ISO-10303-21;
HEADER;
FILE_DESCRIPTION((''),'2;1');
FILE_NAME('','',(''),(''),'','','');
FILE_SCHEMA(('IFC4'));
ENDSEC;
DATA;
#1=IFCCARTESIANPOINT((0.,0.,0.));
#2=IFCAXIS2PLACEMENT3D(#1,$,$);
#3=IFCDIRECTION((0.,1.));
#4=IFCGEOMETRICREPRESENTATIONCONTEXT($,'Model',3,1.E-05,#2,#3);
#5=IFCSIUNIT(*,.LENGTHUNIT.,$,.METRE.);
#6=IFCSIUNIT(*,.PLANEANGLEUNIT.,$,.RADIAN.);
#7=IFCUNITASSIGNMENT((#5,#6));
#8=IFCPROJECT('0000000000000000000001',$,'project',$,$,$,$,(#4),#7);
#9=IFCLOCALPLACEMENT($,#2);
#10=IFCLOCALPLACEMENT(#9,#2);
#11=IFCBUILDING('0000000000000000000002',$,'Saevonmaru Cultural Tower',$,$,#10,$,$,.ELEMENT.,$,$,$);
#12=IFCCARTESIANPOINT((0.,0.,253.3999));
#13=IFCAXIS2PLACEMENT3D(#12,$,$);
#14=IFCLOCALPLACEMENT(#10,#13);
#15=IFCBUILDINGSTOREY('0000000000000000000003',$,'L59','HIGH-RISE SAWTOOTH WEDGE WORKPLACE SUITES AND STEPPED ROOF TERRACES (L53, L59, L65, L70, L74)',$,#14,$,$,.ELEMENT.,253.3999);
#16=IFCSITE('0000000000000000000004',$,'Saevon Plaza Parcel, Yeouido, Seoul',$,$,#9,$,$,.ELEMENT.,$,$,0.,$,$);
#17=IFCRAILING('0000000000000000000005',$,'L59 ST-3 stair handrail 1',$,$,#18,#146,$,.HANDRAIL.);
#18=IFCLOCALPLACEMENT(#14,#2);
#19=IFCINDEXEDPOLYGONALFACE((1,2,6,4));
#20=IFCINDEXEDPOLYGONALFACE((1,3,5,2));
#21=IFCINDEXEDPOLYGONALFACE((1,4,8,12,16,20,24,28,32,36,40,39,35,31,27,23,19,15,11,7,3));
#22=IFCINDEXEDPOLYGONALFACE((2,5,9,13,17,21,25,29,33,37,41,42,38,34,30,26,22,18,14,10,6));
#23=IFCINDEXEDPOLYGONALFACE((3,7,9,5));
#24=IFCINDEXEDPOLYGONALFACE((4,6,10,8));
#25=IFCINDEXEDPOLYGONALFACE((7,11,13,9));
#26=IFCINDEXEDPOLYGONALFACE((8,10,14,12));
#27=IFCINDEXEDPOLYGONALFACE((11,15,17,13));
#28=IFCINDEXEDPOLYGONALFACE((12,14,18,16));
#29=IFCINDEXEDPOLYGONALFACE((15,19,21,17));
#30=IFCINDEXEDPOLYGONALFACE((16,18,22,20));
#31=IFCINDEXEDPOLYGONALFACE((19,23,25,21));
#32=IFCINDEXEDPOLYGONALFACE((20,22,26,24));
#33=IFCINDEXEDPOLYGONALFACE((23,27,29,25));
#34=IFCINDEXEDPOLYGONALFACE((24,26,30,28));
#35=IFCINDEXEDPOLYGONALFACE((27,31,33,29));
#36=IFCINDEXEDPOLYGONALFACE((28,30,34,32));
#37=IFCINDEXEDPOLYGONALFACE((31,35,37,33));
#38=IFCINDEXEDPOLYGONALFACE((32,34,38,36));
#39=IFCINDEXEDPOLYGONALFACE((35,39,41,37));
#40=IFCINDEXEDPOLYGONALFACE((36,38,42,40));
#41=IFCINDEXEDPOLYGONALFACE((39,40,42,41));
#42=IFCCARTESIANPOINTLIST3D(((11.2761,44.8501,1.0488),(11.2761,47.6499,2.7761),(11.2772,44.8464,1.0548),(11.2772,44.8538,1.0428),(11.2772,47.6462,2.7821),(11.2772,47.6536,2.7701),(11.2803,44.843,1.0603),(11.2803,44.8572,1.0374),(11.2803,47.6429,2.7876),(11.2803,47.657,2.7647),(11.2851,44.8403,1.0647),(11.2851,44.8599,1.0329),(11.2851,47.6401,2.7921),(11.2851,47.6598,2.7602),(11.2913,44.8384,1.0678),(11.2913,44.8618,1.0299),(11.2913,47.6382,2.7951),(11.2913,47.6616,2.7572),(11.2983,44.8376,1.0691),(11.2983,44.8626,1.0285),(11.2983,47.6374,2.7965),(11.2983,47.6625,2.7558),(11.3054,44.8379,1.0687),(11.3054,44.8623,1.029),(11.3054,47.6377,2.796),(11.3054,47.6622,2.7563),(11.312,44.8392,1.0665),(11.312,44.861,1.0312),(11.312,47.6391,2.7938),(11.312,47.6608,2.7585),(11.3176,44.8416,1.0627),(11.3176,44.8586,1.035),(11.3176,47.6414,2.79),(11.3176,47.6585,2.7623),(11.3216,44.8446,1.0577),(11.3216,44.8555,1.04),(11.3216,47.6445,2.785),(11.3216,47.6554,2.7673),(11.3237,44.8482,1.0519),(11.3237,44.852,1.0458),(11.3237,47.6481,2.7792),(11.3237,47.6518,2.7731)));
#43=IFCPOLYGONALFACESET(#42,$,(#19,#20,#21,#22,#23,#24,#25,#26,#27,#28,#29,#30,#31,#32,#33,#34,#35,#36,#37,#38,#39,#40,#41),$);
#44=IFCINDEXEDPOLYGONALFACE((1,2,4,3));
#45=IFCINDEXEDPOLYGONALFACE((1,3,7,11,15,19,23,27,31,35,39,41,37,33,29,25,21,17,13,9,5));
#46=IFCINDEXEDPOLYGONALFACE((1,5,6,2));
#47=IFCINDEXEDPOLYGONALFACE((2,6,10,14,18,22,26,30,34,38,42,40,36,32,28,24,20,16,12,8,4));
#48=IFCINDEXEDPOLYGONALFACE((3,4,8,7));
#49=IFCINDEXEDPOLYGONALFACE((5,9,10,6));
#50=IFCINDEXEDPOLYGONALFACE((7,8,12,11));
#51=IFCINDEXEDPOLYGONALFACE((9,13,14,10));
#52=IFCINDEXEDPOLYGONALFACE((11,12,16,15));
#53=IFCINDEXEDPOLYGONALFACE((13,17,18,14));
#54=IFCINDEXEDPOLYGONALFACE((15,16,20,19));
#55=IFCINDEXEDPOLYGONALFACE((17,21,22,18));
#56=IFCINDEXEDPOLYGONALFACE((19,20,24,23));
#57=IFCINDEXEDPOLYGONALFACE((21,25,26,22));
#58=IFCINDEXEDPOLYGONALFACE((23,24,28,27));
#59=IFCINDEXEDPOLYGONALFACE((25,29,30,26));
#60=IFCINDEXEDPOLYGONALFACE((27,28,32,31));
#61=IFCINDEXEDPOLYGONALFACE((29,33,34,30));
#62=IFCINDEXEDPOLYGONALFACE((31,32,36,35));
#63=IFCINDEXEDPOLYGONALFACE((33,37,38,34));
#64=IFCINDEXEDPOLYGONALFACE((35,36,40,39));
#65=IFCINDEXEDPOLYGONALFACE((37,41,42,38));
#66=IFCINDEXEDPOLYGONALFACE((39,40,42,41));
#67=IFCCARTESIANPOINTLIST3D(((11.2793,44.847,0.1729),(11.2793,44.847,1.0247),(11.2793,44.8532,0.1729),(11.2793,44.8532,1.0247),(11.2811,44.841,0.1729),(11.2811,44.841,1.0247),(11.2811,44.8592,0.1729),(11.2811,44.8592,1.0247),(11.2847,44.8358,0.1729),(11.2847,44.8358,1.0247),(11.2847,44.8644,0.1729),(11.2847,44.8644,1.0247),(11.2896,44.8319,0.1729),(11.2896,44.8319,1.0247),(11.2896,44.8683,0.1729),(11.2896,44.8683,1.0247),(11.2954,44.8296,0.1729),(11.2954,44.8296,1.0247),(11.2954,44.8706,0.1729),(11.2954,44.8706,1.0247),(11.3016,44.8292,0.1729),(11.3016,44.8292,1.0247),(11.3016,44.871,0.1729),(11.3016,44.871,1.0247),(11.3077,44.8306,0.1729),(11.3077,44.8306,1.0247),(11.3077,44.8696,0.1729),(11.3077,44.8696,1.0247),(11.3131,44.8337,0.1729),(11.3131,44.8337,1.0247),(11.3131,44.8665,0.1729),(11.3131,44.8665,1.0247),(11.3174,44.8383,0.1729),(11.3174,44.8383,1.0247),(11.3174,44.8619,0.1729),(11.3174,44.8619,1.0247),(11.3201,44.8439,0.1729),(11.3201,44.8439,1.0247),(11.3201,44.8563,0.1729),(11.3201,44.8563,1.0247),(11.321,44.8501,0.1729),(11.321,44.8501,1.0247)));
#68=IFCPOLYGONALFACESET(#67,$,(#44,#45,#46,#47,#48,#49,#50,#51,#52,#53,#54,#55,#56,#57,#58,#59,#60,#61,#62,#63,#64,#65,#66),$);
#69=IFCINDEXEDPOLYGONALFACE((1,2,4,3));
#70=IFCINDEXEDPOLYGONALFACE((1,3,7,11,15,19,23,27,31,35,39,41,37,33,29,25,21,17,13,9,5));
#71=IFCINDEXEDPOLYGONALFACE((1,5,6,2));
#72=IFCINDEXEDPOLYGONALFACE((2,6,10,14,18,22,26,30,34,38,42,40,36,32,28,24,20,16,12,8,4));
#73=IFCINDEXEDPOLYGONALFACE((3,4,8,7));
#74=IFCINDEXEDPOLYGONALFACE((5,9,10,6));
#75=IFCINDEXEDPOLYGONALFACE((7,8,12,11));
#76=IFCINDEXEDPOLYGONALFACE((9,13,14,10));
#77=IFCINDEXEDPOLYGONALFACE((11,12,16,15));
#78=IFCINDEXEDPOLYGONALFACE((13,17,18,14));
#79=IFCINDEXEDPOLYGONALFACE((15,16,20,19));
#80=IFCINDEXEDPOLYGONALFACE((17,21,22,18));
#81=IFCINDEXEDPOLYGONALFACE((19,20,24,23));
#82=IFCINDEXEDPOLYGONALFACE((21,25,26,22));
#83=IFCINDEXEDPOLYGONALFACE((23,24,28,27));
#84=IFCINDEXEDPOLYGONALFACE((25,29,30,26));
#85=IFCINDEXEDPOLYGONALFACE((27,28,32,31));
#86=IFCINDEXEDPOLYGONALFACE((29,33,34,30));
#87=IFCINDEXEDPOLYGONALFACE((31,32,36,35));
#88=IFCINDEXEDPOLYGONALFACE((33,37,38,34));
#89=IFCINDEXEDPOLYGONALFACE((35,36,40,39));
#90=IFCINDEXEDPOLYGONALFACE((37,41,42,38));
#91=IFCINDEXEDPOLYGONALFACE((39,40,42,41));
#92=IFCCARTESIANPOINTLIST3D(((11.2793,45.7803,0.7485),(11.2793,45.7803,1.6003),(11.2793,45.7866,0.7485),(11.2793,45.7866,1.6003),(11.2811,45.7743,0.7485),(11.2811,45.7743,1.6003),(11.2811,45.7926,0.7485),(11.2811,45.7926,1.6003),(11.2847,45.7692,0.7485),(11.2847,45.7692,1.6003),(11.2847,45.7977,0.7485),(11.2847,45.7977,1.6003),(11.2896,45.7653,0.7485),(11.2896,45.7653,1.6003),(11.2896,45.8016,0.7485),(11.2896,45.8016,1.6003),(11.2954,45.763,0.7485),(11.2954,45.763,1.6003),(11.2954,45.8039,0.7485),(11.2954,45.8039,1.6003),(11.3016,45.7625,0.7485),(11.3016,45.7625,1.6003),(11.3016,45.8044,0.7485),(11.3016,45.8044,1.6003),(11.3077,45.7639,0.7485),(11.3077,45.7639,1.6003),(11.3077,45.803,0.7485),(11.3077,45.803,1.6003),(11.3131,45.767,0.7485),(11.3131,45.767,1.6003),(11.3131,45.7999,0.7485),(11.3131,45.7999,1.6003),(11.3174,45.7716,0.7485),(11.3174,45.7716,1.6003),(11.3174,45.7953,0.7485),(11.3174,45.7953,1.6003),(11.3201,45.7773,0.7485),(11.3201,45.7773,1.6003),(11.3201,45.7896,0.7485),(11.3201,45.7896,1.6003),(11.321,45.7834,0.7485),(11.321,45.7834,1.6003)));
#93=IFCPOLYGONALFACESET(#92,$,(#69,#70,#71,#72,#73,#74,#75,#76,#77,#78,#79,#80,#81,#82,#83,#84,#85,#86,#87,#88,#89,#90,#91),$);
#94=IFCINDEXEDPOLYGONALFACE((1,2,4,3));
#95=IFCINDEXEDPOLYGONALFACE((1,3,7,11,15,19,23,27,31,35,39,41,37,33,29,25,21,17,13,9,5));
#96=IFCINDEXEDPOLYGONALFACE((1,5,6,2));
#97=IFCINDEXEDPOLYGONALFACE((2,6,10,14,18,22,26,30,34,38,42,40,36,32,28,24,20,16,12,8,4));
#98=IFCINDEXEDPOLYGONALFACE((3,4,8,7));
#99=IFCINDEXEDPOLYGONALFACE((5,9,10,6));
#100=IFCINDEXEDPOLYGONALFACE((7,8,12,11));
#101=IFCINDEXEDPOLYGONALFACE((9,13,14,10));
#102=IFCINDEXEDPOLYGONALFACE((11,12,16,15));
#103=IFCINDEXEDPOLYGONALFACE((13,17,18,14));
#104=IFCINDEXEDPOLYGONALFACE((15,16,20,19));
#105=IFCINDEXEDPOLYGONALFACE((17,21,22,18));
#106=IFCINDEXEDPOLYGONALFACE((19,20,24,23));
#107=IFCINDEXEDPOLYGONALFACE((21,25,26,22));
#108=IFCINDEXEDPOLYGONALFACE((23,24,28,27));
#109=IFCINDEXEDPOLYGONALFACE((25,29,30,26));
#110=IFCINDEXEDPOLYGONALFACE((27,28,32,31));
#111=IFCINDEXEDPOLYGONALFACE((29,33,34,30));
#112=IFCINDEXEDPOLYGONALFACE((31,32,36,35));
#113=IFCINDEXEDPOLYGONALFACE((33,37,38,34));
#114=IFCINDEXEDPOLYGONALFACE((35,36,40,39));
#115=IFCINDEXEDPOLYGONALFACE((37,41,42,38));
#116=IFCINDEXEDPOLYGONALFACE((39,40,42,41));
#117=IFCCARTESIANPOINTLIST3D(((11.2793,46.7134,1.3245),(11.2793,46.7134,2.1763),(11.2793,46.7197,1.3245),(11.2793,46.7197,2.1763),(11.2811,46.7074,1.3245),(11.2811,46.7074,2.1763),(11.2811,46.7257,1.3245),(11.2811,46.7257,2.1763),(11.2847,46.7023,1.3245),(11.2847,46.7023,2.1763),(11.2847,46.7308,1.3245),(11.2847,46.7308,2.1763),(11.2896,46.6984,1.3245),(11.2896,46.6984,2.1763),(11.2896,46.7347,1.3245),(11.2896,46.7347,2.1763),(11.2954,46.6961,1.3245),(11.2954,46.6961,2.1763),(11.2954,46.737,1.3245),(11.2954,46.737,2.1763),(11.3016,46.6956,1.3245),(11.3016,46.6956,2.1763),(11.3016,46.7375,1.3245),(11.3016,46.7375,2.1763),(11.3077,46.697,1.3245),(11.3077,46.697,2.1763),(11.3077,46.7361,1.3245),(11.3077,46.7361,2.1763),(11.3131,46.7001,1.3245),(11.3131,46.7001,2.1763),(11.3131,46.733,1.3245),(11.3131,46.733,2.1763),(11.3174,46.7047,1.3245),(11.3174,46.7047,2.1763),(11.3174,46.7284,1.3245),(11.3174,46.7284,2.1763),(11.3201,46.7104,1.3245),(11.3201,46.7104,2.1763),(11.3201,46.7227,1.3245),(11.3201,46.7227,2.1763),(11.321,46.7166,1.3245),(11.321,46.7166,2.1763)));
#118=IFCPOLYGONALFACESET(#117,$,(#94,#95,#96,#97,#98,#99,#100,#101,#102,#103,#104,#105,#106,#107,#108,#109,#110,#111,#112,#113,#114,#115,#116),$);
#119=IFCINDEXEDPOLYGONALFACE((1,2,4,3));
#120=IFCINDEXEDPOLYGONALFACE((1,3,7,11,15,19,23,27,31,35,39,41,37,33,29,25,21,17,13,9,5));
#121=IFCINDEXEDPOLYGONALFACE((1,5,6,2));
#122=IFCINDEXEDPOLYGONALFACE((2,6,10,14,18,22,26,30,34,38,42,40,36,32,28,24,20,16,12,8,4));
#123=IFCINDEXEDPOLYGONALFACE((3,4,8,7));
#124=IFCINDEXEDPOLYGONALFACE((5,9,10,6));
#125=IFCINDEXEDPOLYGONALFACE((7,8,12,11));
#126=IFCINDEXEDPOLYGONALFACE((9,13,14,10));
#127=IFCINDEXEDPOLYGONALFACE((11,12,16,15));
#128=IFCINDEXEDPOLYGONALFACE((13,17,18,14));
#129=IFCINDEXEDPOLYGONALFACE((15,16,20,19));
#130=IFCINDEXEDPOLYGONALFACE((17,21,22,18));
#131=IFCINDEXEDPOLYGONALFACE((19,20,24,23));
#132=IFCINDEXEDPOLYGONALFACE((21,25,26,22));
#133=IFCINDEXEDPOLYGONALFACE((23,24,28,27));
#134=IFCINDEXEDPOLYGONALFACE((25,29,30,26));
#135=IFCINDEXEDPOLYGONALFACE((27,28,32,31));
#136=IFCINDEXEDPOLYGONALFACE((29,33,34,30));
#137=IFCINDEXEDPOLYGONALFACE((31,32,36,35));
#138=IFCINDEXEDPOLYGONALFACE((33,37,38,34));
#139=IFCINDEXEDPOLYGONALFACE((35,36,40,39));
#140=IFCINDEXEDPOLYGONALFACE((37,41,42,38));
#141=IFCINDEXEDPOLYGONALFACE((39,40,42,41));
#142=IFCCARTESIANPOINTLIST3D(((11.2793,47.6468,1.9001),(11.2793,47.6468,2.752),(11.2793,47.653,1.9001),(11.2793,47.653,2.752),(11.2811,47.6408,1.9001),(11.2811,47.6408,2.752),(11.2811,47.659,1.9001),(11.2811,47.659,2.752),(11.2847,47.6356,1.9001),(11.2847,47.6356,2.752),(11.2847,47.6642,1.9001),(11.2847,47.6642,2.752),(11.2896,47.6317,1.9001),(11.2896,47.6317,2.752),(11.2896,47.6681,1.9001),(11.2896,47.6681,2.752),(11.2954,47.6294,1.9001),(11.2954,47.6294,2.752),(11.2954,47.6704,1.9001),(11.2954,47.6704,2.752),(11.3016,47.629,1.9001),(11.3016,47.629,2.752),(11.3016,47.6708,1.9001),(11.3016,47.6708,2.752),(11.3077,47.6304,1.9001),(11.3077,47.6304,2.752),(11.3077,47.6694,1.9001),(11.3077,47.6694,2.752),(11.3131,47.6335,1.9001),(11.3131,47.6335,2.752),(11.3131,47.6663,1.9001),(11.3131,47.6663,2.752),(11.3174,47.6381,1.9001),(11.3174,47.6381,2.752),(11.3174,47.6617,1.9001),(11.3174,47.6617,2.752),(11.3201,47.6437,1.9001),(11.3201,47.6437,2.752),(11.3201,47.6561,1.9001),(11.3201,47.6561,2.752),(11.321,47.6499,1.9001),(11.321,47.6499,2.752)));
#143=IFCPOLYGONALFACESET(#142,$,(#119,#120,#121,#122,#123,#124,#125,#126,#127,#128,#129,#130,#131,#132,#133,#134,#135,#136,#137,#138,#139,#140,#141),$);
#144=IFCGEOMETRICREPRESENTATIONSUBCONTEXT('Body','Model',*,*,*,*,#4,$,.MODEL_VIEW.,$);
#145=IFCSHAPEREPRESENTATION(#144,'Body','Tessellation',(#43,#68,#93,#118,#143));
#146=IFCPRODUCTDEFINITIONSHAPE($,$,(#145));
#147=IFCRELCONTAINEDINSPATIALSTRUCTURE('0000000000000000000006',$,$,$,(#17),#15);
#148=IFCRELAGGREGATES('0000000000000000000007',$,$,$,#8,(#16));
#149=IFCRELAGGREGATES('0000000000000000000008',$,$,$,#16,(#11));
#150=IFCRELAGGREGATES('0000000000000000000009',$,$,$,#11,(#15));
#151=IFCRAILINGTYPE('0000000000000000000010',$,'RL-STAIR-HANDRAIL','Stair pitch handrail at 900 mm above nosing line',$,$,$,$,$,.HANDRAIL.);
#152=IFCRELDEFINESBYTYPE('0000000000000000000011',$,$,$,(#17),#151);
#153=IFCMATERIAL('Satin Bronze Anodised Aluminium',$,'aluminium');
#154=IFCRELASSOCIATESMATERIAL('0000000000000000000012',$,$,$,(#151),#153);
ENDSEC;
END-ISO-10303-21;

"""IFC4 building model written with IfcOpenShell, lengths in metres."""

from ifc_helpers import new_model, si_unit, direction, frame, origin, origin_2d, place, context, subcontext, project, spatial, circle, extrude, material, type_object, element, save


model = new_model("IFC4")

# Units and contexts
model_context = context("Model", 3, precision=1e-05, world=origin(), true_north=direction((0.0, 1.0)))
body_context = subcontext(model_context, "Body", "Model", "MODEL_VIEW")
ifc_project = project(units=[si_unit("LENGTHUNIT", "METRE"), si_unit("PLANEANGLEUNIT", "RADIAN")], contexts=[model_context])

# Site, building, storey
site_placement = place(None, origin())
site = spatial("IfcSite", under=ifc_project, at=site_placement, Name="Saevon Plaza Parcel, Yeouido, Seoul", CompositionType="ELEMENT", RefElevation=0.0)
building_placement = place(site_placement, origin())
building = spatial("IfcBuilding", under=site, at=building_placement, Name="Saevonmaru Cultural Tower", CompositionType="ELEMENT")
storey_placement = place(building_placement, frame((0.0, 0.0, 253.3999)))
storey = spatial("IfcBuildingStorey", under=building, at=storey_placement, Name="L59", Description="HIGH-RISE SAWTOOTH WEDGE WORKPLACE SUITES AND STEPPED ROOF TERRACES (L53, L59, L65, L70, L74)", CompositionType="ELEMENT", Elevation=253.3999)

# Shared definitions
ifc_material_1 = material(Name="Satin Bronze Anodised Aluminium", Category="aluminium")

# Railing
railing_type_1 = type_object("IfcRailingType", Name="RL-STAIR-HANDRAIL", Description="Stair pitch handrail at 900 mm above nosing line", PredefinedType="HANDRAIL", material=ifc_material_1)
railing_1_placement = place(storey_placement, frame((11.3, 44.8501, 0.1729)))
element("IfcRailing", 1, at=railing_1_placement, inside=storey, type_object=railing_type_1, Name="L59 ST-3 stair handrail 1", PredefinedType="HANDRAIL", context=body_context, shape_type="SweptSolid", body=[
    extrude(circle(Radius=0.0239, at=origin_2d()), frame((0.0, 0.0, 0.876), z_axis=(0.0, 0.851069, 0.525054), x_axis=(-1.0, 0.0, 0.0)), (0.0, 0.0, 1.0), 3.2898),
    extrude(circle(Radius=0.021, at=origin_2d()), origin(), (0.0, 0.0, 1.0), 0.8518),
    extrude(circle(Radius=0.021, at=origin_2d()), frame((0.0, 0.9333, 0.5757)), (0.0, 0.0, 1.0), 0.8518),
    extrude(circle(Radius=0.021, at=origin_2d()), frame((0.0, 1.8665, 1.1516)), (0.0, 0.0, 1.0), 0.8518),
    extrude(circle(Radius=0.021, at=origin_2d()), frame((0.0, 2.7998, 1.7273)), (0.0, 0.0, 1.0), 0.8518),
])

save(model, "model.ifc")
